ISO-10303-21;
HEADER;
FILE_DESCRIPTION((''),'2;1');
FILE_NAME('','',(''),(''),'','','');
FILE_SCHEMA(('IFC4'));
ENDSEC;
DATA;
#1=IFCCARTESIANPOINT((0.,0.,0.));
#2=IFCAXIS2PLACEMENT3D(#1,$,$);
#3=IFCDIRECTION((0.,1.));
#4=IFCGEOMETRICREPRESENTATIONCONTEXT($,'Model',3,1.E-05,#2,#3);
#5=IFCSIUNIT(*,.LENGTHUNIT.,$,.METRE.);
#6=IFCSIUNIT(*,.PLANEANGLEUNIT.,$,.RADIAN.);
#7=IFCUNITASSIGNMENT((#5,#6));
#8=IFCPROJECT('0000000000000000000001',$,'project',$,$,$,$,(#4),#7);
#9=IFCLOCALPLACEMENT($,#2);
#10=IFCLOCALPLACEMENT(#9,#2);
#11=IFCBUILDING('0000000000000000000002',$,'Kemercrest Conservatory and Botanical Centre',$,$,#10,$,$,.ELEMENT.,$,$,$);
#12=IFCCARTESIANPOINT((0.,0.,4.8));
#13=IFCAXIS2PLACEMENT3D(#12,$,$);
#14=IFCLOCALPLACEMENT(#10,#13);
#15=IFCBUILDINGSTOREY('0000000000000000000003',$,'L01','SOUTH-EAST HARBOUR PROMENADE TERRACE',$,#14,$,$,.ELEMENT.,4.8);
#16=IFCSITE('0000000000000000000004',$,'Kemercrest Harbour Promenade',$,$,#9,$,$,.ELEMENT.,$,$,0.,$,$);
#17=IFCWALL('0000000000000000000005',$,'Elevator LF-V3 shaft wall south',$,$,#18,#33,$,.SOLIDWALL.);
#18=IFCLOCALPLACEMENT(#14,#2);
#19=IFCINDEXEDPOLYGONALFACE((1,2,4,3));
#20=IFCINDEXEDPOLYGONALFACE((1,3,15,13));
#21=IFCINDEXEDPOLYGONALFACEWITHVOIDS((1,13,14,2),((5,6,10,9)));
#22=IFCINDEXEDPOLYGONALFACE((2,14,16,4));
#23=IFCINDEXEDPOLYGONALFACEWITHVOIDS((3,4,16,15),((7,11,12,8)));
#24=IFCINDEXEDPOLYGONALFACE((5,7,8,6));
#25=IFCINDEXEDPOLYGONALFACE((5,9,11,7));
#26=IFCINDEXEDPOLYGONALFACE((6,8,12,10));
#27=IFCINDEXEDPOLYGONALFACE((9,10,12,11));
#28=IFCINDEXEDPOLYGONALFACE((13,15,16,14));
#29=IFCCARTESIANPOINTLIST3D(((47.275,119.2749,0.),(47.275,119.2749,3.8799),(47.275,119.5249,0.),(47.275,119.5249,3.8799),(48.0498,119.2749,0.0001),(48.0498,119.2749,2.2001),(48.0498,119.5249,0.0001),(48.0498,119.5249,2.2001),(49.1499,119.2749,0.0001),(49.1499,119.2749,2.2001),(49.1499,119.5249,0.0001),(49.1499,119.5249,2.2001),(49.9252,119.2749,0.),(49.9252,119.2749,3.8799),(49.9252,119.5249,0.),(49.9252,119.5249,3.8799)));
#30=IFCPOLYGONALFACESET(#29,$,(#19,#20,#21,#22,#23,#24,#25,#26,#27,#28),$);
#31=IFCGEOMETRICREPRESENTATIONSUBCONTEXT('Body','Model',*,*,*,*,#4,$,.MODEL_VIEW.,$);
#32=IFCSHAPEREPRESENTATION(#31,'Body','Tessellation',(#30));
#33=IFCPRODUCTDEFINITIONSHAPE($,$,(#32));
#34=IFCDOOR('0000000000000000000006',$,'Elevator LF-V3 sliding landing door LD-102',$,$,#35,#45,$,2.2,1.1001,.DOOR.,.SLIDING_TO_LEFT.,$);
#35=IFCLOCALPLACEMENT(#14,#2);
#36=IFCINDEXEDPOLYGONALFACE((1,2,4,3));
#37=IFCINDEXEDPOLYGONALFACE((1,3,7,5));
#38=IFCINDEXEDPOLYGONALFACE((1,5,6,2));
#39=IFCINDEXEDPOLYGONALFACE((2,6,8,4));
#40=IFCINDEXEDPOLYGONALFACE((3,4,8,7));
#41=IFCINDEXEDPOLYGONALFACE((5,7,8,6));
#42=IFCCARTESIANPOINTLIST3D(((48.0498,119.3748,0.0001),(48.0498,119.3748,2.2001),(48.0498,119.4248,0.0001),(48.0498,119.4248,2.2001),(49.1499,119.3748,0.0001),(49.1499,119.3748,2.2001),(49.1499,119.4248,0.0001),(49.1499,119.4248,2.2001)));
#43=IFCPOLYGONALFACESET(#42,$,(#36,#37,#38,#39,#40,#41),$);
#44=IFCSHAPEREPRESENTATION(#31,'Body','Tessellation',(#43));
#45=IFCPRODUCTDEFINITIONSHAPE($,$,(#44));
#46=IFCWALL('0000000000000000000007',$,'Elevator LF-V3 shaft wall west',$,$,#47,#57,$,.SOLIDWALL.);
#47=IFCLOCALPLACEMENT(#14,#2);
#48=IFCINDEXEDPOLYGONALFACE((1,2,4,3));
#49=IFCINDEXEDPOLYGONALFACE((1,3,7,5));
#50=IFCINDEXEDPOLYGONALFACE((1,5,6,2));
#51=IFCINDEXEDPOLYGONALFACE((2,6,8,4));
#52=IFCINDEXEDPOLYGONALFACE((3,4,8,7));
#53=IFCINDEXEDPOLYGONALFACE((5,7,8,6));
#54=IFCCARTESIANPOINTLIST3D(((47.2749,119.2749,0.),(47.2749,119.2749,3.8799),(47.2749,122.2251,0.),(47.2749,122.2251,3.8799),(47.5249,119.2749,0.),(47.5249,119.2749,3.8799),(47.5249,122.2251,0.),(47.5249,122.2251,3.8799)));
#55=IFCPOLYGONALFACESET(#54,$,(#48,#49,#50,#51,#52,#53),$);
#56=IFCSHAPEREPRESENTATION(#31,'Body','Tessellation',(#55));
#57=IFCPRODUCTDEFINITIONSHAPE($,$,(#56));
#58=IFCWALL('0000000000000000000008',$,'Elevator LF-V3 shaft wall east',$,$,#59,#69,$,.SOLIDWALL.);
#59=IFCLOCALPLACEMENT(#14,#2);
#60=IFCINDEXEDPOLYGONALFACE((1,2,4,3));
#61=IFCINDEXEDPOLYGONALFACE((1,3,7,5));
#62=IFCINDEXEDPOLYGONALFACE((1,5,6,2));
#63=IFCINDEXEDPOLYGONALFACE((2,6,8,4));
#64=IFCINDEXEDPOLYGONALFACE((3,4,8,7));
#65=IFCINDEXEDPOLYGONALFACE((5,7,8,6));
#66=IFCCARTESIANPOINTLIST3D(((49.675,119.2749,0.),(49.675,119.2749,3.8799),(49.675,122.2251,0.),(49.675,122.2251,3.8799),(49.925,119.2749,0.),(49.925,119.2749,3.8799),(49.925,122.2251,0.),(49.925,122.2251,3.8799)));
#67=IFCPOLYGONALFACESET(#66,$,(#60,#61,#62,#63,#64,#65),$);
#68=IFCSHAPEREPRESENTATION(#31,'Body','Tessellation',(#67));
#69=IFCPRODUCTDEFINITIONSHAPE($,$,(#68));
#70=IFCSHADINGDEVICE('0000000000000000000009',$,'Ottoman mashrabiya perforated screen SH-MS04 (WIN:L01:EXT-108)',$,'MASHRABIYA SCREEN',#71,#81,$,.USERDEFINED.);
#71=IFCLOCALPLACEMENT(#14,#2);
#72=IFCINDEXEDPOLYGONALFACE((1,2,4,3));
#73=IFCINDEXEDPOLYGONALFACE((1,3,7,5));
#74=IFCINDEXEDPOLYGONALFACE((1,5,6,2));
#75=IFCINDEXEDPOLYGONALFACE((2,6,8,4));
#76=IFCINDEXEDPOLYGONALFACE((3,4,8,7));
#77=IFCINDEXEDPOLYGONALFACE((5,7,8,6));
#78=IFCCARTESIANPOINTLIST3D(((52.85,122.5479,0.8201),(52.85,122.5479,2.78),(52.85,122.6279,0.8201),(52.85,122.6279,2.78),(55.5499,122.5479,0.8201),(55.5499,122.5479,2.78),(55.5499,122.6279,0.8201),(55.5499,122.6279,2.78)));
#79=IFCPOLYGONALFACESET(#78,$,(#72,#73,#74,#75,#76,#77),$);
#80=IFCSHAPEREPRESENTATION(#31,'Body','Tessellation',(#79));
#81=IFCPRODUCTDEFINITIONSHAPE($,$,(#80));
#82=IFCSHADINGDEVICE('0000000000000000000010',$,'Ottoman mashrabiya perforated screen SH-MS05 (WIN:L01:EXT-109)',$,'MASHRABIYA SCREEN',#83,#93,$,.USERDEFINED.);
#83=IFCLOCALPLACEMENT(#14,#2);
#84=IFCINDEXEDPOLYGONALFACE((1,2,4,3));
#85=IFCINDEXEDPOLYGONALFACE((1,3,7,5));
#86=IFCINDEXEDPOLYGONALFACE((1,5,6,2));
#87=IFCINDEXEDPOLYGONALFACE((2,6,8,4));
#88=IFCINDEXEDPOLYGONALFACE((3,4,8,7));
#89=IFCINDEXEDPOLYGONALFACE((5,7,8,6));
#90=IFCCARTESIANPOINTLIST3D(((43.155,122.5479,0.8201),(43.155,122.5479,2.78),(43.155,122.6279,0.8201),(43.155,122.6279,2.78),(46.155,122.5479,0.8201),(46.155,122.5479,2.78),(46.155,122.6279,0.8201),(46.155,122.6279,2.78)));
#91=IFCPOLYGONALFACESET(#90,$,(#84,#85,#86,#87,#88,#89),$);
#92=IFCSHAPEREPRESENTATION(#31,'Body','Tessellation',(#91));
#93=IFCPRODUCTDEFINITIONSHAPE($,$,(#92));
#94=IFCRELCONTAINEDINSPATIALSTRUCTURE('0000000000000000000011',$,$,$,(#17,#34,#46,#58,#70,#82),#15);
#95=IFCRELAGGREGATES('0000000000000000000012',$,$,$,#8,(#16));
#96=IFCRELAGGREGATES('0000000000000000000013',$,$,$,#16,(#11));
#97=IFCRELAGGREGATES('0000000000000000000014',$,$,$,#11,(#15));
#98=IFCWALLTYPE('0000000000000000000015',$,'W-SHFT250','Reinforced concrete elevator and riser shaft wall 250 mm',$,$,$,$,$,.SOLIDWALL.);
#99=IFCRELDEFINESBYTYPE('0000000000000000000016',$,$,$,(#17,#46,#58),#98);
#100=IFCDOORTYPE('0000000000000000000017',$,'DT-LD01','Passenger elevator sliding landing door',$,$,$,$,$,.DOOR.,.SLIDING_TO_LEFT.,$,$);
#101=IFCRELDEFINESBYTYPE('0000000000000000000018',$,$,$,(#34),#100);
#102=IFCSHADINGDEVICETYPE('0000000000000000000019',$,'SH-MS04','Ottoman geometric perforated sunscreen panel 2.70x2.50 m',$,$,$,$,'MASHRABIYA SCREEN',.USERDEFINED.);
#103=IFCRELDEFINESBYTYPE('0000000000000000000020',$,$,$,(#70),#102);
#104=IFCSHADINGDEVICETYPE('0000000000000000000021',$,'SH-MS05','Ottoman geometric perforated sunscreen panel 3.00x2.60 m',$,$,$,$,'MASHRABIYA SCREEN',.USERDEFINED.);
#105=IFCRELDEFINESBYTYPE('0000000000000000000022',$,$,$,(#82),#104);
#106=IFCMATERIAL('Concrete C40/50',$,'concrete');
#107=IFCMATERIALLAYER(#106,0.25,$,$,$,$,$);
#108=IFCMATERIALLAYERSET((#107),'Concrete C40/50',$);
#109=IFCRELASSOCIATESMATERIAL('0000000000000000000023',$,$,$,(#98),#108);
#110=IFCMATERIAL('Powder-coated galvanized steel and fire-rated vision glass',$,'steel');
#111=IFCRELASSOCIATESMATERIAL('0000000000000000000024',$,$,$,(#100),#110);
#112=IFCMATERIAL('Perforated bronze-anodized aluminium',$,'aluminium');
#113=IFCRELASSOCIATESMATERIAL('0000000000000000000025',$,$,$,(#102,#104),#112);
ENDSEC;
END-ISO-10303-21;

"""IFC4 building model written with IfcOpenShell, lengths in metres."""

from ifc_helpers import new_model, si_unit, direction, frame, frame_2d, origin, origin_2d, place, context, subcontext, project, spatial, rectangle, extrude, material, layer, layer_set, type_object, element, fill, save


model = new_model("IFC4")

# Units and contexts
model_context = context("Model", 3, precision=1e-05, world=origin(), true_north=direction((0.0, 1.0)))
body_context = subcontext(model_context, "Body", "Model", "MODEL_VIEW")
ifc_project = project(units=[si_unit("LENGTHUNIT", "METRE"), si_unit("PLANEANGLEUNIT", "RADIAN")], contexts=[model_context])

# Site, building, storey
site_placement = place(None, origin())
site = spatial("IfcSite", under=ifc_project, at=site_placement, Name="Kemercrest Harbour Promenade", CompositionType="ELEMENT", RefElevation=0.0)
building_placement = place(site_placement, origin())
building = spatial("IfcBuilding", under=site, at=building_placement, Name="Kemercrest Conservatory and Botanical Centre", CompositionType="ELEMENT")
storey_placement = place(building_placement, frame((0.0, 0.0, 4.8)))
storey = spatial("IfcBuildingStorey", under=building, at=storey_placement, Name="L01", Description="SOUTH-EAST HARBOUR PROMENADE TERRACE", CompositionType="ELEMENT", Elevation=4.8)

# Shared definitions
ifc_material_1 = material(Name="Concrete C40/50", Category="concrete")

# Wall, opening, door
ifc_layer_1 = layer(ifc_material_1, 0.25)
ifc_layer_set_1 = layer_set([ifc_layer_1], Name="Concrete C40/50")
wall_type_1 = type_object("IfcWallType", Name="W-SHFT250", Description="Reinforced concrete elevator and riser shaft wall 250 mm", PredefinedType="SOLIDWALL", material=ifc_layer_set_1)
wall_1_placement = place(storey_placement, frame((47.2749, 119.3999, 0.0), z_axis=(0.0, 0.0, 1.0), x_axis=(1.0, 0.0, 0.0)))
wall_1 = element("IfcWall", 1, at=wall_1_placement, inside=storey, type_object=wall_type_1, Name="Elevator LF-V3 shaft wall south", PredefinedType="SOLIDWALL", context=body_context, shape_type="SweptSolid", body=[
    extrude(rectangle(XDim=2.6501, YDim=0.25, at=frame_2d((1.3252, 0.0))), origin(), (0.0, 0.0, 1.0), 3.8799),
])
opening_1_placement = place(wall_1_placement, frame((0.7749, 0.0, 0.0)))
opening_1 = element("IfcOpeningElement", 2, at=opening_1_placement, cuts=wall_1, PredefinedType="OPENING", context=body_context, shape_type="SweptSolid", body=[
    extrude(rectangle(XDim=1.1001, YDim=2.2, at=frame_2d((0.55, 1.1001))), frame((0.0, 0.135, 0.0), z_axis=(0.0, -1.0, 0.0), x_axis=(1.0, 0.0, 0.0)), (0.0, 0.0, 1.0), 0.27),
])
ifc_material_2 = material(Name="Powder-coated galvanized steel and fire-rated vision glass", Category="steel")
door_type_1 = type_object("IfcDoorType", Name="DT-LD01", Description="Passenger elevator sliding landing door", OperationType="SLIDING_TO_LEFT", PredefinedType="DOOR", material=ifc_material_2)
door_1_placement = place(opening_1_placement, origin())
door_1 = element("IfcDoor", 3, at=door_1_placement, inside=storey, type_object=door_type_1, Name="Elevator LF-V3 sliding landing door LD-102", OperationType="SLIDING_TO_LEFT", OverallHeight=2.2, OverallWidth=1.1001, PredefinedType="DOOR", context=body_context, shape_type="SweptSolid", body=[
    extrude(rectangle(XDim=1.1001, YDim=2.2, at=frame_2d((0.55, 1.1001))), frame((0.0, 0.0249, 0.0), z_axis=(0.0, -1.0, 0.0), x_axis=(1.0, 0.0, 0.0)), (0.0, 0.0, 1.0), 0.05),
])
fill(opening_1, door_1)

# Walls
for number, where, z_axis, x_axis, name in (
    (4, (47.3999, 119.2749, 0.0), (0.0, 0.0, 1.0), (0.0, 1.0, 0.0), "Elevator LF-V3 shaft wall west"),
    (5, (49.8, 119.2749, 0.0), (0.0, 0.0, 1.0), (0.0, 1.0, 0.0), "Elevator LF-V3 shaft wall east"),
):
    element("IfcWall", number, at=place(storey_placement, frame(where, z_axis=z_axis, x_axis=x_axis)), inside=storey, type_object=wall_type_1, Name=name, PredefinedType="SOLIDWALL", context=body_context, shape_type="SweptSolid", body=[
        extrude(rectangle(XDim=2.9502, YDim=0.25, at=frame_2d((1.4751, 0.0))), origin(), (0.0, 0.0, 1.0), 3.8799),
    ])

# Shading devices
ifc_material_3 = material(Name="Perforated bronze-anodized aluminium", Category="aluminium")
shading_device_type_1 = type_object("IfcShadingDeviceType", Name="SH-MS04", Description="Ottoman geometric perforated sunscreen panel 2.70x2.50 m", ElementType="MASHRABIYA SCREEN", PredefinedType="USERDEFINED", material=ifc_material_3)
shading_device_1_placement = place(storey_placement, frame((54.2, 122.5879, 0.8201), z_axis=(0.0, 0.0, 1.0), x_axis=(-1.0, 0.0, 0.0)))
element("IfcShadingDevice", 6, at=shading_device_1_placement, inside=storey, type_object=shading_device_type_1, Name="Ottoman mashrabiya perforated screen SH-MS04 (WIN:L01:EXT-108)", ObjectType="MASHRABIYA SCREEN", PredefinedType="USERDEFINED", context=body_context, shape_type="SweptSolid", body=[
    extrude(rectangle(XDim=2.7, YDim=0.0801, at=origin_2d()), origin(), (0.0, 0.0, 1.0), 1.96),
])
shading_device_type_2 = type_object("IfcShadingDeviceType", Name="SH-MS05", Description="Ottoman geometric perforated sunscreen panel 3.00x2.60 m", ElementType="MASHRABIYA SCREEN", PredefinedType="USERDEFINED", material=ifc_material_3)
shading_device_2_placement = place(storey_placement, frame((44.655, 122.5879, 0.8201), z_axis=(0.0, 0.0, 1.0), x_axis=(-1.0, 0.0, 0.0)))
element("IfcShadingDevice", 7, at=shading_device_2_placement, inside=storey, type_object=shading_device_type_2, Name="Ottoman mashrabiya perforated screen SH-MS05 (WIN:L01:EXT-109)", ObjectType="MASHRABIYA SCREEN", PredefinedType="USERDEFINED", context=body_context, shape_type="SweptSolid", body=[
    extrude(rectangle(XDim=3.0, YDim=0.0801, at=origin_2d()), origin(), (0.0, 0.0, 1.0), 1.96),
])

save(model, "model.ifc")
